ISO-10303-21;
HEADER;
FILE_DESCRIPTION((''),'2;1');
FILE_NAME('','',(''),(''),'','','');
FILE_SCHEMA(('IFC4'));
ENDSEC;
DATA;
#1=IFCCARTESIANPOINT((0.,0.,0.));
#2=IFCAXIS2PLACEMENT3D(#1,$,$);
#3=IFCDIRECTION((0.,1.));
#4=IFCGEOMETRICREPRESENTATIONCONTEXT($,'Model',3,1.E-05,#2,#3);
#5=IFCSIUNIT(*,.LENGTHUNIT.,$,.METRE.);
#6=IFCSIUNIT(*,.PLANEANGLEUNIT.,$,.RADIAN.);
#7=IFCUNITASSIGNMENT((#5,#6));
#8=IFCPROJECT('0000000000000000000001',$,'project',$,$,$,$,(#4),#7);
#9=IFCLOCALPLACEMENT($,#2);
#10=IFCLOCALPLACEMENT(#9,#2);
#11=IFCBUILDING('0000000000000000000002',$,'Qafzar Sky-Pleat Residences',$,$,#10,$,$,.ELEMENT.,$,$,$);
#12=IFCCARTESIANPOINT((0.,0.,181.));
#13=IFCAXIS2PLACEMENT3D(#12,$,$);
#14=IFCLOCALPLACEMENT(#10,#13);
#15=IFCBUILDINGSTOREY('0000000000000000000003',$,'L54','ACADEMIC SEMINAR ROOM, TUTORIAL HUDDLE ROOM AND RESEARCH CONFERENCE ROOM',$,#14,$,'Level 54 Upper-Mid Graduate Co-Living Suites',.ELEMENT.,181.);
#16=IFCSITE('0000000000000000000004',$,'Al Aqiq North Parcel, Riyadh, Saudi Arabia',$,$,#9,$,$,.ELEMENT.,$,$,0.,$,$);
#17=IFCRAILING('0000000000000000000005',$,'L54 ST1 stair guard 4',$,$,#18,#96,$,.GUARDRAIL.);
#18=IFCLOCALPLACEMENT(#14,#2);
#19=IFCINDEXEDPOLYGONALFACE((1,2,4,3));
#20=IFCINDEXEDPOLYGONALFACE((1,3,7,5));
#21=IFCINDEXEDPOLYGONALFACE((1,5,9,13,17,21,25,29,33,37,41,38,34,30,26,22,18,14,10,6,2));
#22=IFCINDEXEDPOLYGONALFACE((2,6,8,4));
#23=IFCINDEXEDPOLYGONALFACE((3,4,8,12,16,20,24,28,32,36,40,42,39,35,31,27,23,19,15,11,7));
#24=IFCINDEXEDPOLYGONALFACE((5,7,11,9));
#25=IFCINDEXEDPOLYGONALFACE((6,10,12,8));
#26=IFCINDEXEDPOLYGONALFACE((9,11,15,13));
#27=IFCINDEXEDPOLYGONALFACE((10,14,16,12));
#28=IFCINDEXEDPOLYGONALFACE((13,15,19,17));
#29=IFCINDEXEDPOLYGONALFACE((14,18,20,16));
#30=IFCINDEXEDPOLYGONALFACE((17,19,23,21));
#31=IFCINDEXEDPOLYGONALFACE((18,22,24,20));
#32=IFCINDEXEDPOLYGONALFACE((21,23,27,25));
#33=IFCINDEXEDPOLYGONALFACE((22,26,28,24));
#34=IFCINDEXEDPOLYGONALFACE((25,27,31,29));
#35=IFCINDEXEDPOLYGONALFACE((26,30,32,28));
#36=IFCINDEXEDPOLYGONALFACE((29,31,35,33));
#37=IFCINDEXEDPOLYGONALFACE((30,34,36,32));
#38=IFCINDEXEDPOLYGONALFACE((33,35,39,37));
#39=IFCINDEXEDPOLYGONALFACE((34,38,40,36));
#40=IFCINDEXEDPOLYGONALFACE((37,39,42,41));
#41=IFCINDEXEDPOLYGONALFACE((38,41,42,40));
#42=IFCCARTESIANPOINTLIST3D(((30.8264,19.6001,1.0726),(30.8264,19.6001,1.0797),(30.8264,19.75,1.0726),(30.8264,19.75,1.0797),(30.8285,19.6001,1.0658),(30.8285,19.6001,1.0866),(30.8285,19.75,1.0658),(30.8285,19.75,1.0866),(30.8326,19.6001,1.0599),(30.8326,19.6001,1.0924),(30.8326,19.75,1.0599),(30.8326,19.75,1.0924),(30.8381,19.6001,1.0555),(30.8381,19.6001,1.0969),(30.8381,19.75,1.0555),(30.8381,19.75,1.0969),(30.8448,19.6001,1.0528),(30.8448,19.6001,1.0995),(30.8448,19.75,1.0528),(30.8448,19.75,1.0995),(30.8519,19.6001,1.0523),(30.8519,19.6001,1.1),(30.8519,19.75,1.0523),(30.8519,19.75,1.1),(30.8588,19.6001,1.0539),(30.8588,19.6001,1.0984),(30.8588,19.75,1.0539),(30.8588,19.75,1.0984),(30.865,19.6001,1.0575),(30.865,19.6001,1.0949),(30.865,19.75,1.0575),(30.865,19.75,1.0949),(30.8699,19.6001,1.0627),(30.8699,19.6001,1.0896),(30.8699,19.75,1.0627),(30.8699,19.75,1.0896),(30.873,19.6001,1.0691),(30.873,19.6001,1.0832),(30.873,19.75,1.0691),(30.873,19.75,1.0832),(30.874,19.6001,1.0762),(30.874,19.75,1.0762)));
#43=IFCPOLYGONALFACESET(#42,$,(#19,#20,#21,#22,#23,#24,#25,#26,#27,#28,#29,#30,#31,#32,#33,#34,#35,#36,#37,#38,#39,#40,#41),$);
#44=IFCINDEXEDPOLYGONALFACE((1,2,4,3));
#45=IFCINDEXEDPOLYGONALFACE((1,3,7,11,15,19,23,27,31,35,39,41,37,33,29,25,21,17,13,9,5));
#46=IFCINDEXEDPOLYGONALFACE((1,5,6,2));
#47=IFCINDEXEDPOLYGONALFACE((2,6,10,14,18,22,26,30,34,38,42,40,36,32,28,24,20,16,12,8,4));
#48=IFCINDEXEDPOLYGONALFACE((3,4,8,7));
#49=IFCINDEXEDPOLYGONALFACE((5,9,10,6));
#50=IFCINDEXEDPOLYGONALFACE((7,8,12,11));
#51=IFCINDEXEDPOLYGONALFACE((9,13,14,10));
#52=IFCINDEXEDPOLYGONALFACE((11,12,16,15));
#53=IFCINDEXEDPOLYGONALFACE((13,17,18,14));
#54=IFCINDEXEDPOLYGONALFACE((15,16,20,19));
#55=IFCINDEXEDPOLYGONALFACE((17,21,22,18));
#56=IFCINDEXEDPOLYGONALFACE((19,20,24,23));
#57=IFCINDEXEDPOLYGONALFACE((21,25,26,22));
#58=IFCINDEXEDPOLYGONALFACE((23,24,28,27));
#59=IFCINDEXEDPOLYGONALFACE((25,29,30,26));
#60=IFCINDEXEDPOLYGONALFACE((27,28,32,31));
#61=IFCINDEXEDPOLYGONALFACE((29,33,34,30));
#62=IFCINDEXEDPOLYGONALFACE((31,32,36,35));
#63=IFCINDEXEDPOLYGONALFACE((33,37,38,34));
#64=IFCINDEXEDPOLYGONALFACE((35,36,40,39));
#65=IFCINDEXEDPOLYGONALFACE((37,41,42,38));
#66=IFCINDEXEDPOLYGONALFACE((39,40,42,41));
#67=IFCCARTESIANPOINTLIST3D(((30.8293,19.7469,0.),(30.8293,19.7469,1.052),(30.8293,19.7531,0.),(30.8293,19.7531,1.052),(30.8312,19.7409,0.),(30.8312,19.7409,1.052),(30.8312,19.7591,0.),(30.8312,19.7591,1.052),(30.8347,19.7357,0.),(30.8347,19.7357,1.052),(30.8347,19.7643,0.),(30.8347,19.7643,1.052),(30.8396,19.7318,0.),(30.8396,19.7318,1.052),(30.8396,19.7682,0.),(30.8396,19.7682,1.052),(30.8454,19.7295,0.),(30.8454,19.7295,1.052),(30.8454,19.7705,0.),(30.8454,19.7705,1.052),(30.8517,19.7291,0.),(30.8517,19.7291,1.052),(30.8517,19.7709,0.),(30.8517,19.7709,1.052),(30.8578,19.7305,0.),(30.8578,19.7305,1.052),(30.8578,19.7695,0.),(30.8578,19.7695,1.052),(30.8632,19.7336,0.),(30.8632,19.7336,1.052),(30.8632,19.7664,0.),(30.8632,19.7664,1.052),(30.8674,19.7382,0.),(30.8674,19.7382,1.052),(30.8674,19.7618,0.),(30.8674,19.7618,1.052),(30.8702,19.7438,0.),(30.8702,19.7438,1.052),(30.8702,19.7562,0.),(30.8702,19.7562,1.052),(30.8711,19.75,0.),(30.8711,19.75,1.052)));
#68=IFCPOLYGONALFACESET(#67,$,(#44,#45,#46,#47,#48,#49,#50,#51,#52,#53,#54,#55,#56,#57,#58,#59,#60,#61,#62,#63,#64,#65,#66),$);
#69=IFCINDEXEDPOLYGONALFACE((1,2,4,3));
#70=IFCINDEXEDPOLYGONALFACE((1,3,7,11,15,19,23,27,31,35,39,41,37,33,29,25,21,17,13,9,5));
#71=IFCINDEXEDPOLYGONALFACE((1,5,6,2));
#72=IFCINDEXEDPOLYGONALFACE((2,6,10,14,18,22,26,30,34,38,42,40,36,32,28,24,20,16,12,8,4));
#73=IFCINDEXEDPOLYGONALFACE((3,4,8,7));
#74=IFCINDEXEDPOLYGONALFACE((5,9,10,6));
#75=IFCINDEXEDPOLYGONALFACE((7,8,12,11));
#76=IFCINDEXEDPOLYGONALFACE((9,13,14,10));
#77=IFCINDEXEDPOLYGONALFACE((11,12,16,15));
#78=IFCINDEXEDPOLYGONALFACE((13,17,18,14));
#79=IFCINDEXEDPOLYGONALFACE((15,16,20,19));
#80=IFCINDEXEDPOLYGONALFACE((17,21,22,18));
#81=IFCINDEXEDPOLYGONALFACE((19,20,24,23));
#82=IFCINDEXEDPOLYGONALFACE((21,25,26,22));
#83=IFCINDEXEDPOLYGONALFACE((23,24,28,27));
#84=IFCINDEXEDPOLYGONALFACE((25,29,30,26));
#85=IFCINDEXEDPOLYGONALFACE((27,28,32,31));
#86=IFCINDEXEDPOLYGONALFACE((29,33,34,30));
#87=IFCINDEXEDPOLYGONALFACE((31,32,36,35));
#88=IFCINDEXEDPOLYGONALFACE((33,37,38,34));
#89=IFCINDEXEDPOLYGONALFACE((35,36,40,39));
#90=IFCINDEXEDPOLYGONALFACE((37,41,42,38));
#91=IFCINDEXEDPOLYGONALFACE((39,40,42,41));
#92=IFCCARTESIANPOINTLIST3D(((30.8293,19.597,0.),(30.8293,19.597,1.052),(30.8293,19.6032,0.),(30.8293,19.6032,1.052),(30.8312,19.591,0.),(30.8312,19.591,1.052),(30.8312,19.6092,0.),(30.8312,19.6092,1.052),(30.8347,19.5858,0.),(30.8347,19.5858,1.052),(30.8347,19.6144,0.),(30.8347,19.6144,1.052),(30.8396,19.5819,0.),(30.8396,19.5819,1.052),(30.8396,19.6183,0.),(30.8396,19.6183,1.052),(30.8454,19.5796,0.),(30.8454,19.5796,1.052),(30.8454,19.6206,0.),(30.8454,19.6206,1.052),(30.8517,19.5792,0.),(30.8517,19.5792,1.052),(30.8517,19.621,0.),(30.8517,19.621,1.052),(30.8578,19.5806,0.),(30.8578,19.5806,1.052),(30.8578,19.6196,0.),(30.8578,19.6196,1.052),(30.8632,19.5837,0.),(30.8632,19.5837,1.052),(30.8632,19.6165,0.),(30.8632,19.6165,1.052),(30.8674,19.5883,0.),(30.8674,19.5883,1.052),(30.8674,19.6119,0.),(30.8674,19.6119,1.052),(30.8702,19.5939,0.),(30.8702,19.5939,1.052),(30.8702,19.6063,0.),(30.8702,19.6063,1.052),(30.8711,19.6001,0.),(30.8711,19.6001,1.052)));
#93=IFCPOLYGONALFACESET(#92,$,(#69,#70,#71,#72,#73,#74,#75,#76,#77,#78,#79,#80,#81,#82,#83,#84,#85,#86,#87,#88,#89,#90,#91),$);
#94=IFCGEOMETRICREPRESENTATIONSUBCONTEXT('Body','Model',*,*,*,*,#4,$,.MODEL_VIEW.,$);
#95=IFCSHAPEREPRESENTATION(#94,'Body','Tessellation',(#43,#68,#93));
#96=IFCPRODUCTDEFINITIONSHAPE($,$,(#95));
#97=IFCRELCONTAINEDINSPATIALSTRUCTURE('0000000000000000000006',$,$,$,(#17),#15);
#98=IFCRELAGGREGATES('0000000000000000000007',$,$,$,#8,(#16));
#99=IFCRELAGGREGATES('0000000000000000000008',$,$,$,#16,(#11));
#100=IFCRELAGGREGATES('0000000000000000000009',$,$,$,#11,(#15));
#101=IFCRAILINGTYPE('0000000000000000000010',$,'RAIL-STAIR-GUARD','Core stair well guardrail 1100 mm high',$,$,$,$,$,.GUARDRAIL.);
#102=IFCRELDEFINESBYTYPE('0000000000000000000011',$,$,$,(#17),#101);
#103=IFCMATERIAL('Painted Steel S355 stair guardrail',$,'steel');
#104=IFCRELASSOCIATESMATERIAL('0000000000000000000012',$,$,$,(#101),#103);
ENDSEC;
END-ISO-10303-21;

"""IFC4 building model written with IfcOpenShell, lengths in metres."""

from ifc_helpers import new_model, si_unit, direction, frame, origin, origin_2d, place, context, subcontext, project, spatial, circle, extrude, source, transform, mapped, material, type_object, element, save


model = new_model("IFC4")

# Units and contexts
model_context = context("Model", 3, precision=1e-05, world=origin(), true_north=direction((0.0, 1.0)))
body_context = subcontext(model_context, "Body", "Model", "MODEL_VIEW")
ifc_project = project(units=[si_unit("LENGTHUNIT", "METRE"), si_unit("PLANEANGLEUNIT", "RADIAN")], contexts=[model_context])

# Site, building, storey
site_placement = place(None, origin())
site = spatial("IfcSite", under=ifc_project, at=site_placement, Name="Al Aqiq North Parcel, Riyadh, Saudi Arabia", CompositionType="ELEMENT", RefElevation=0.0)
building_placement = place(site_placement, origin())
building = spatial("IfcBuilding", under=site, at=building_placement, Name="Qafzar Sky-Pleat Residences", CompositionType="ELEMENT")
storey_placement = place(building_placement, frame((0.0, 0.0, 181.0)))
storey = spatial("IfcBuildingStorey", under=building, at=storey_placement, Name="L54", Description="ACADEMIC SEMINAR ROOM, TUTORIAL HUDDLE ROOM AND RESEARCH CONFERENCE ROOM", LongName="Level 54 Upper-Mid Graduate Co-Living Suites", CompositionType="ELEMENT", Elevation=181.0)

# Railing
ifc_material_1 = material(Name="Painted Steel S355 stair guardrail", Category="steel")
railing_type_1 = type_object("IfcRailingType", Name="RAIL-STAIR-GUARD", Description="Core stair well guardrail 1100 mm high", PredefinedType="GUARDRAIL", material=ifc_material_1)
shared_shape_1 = source(origin(), body_context, "Body", "SweptSolid", [
    extrude(circle(Radius=0.0239, at=origin_2d()), frame((0.0, 0.0, 1.0762), z_axis=(0.0, -1.0, 0.0), x_axis=(1.0, 0.0, 0.0)), (0.0, 0.0, 1.0), 0.1499),
    extrude(circle(Radius=0.021, at=origin_2d()), origin(), (0.0, 0.0, 1.0), 1.052),
    extrude(circle(Radius=0.021, at=origin_2d()), frame((0.0, -0.1499, 0.0)), (0.0, 0.0, 1.0), 1.052),
])
for number, where, name in (
    (1, (30.8501, 19.75, 0.0), "L54 ST1 stair guard 4"),
):
    element("IfcRailing", number, at=place(storey_placement, frame(where)), inside=storey, type_object=railing_type_1, Name=name, PredefinedType="GUARDRAIL", context=body_context, shape_type="MappedRepresentation", body=[
        mapped(shared_shape_1, transform((0.0, 0.0, 0.0), x_axis=(1.0, 0.0, 0.0), y_axis=(0.0, 1.0, 0.0), z_axis=(0.0, 0.0, 1.0), scale=1.0)),
    ])

save(model, "model.ifc")
